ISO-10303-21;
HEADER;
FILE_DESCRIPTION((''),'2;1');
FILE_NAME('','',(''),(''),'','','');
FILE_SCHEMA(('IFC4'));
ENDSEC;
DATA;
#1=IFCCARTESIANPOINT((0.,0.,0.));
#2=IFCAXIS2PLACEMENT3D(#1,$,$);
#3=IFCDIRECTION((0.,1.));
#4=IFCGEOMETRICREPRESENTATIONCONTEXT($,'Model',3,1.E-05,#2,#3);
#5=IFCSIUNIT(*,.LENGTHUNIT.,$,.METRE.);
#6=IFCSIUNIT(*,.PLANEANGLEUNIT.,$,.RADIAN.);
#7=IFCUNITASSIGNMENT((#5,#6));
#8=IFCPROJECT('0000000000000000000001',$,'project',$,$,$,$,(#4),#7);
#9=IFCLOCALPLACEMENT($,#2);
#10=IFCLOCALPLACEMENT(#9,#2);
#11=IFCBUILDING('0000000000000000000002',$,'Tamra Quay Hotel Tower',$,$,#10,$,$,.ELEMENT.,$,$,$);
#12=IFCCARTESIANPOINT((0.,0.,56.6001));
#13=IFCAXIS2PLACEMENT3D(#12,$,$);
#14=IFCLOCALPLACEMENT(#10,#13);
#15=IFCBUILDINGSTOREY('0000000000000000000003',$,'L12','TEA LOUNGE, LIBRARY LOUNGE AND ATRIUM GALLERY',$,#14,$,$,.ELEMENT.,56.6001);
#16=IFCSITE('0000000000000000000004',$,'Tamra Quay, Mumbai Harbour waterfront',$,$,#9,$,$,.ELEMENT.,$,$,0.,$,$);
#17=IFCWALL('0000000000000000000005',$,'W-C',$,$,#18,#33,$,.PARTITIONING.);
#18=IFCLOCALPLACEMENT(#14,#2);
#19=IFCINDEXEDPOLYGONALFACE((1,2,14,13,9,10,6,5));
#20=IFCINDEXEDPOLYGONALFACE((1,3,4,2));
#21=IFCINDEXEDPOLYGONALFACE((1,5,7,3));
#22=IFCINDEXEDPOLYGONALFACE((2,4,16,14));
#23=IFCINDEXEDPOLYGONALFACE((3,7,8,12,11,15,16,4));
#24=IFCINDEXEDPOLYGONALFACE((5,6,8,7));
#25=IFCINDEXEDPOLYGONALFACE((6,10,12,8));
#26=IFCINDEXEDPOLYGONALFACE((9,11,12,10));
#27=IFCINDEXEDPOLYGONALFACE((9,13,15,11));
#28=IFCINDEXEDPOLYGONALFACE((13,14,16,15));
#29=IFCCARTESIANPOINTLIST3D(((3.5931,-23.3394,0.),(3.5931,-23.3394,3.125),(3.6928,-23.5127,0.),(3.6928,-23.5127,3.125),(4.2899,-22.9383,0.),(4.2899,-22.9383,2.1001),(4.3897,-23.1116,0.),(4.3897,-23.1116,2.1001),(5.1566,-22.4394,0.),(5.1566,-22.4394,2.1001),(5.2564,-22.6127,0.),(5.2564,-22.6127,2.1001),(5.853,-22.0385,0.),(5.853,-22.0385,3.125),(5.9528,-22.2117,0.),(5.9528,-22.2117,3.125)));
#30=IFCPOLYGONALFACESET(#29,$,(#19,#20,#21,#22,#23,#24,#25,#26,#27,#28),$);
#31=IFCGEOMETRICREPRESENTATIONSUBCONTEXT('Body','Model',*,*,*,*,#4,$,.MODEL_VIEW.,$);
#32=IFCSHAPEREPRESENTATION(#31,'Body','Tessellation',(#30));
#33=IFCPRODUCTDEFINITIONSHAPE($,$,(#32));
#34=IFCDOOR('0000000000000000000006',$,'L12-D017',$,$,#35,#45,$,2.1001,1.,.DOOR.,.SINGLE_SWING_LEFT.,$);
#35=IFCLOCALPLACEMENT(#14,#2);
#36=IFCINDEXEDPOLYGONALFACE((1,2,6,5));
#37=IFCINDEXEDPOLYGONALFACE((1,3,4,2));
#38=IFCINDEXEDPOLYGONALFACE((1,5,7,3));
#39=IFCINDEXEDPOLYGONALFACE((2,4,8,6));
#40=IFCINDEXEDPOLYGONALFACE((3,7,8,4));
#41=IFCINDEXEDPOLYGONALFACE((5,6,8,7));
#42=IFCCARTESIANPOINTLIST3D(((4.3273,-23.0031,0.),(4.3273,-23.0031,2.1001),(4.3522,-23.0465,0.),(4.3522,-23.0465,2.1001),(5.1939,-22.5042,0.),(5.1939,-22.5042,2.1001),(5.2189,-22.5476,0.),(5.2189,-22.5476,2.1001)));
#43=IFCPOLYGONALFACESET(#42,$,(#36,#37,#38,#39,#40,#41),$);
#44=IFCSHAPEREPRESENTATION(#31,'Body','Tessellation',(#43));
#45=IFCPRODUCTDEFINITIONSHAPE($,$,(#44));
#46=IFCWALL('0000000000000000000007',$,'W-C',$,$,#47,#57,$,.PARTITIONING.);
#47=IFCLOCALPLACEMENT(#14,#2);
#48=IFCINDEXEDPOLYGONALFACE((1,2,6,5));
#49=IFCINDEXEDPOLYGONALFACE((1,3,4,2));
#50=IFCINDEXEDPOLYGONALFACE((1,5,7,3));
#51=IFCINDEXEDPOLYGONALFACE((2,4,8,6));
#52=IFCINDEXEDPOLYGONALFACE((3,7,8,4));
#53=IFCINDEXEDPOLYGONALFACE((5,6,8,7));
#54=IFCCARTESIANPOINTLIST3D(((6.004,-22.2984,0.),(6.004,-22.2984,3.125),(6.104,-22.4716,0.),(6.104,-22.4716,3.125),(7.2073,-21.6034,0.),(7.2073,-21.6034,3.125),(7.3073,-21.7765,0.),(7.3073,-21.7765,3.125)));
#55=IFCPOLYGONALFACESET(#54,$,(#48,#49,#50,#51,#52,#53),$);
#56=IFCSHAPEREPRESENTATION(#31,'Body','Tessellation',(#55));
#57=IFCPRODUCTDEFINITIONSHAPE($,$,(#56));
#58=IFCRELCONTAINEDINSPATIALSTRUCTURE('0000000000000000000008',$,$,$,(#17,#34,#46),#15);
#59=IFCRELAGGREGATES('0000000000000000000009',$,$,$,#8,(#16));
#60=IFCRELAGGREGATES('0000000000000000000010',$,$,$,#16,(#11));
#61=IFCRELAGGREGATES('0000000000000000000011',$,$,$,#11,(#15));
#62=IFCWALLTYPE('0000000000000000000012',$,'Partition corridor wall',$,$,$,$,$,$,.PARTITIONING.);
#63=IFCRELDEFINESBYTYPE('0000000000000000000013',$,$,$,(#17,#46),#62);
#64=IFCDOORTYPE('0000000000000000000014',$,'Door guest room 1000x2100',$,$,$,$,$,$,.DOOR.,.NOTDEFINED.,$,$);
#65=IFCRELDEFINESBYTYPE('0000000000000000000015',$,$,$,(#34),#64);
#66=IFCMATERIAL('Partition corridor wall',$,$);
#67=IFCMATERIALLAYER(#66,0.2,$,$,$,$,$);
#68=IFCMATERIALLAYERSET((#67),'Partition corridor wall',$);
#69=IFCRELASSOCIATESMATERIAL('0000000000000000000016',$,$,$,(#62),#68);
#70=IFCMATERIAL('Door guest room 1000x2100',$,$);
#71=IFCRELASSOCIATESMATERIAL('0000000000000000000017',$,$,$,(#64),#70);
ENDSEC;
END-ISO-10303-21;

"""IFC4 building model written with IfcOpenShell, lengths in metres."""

from ifc_helpers import new_model, si_unit, direction, frame, frame_2d, origin, place, context, subcontext, project, spatial, rectangle, extrude, material, layer, layer_set, type_object, element, fill, save


model = new_model("IFC4")

# Units and contexts
model_context = context("Model", 3, precision=1e-05, world=origin(), true_north=direction((0.0, 1.0)))
body_context = subcontext(model_context, "Body", "Model", "MODEL_VIEW")
ifc_project = project(units=[si_unit("LENGTHUNIT", "METRE"), si_unit("PLANEANGLEUNIT", "RADIAN")], contexts=[model_context])

# Site, building, storey
site_placement = place(None, origin())
site = spatial("IfcSite", under=ifc_project, at=site_placement, Name="Tamra Quay, Mumbai Harbour waterfront", CompositionType="ELEMENT", RefElevation=0.0)
building_placement = place(site_placement, origin())
building = spatial("IfcBuilding", under=site, at=building_placement, Name="Tamra Quay Hotel Tower", CompositionType="ELEMENT")
storey_placement = place(building_placement, frame((0.0, 0.0, 56.6001)))
storey = spatial("IfcBuildingStorey", under=building, at=storey_placement, Name="L12", Description="TEA LOUNGE, LIBRARY LOUNGE AND ATRIUM GALLERY", CompositionType="ELEMENT", Elevation=56.6001)

# Wall, opening, door
ifc_material_1 = material(Name="Partition corridor wall")
ifc_layer_1 = layer(ifc_material_1, 0.2)
ifc_layer_set_1 = layer_set([ifc_layer_1], Name="Partition corridor wall")
wall_type_1 = type_object("IfcWallType", Name="Partition corridor wall", PredefinedType="PARTITIONING", material=ifc_layer_set_1)
wall_1_placement = place(storey_placement, frame((3.6431, -23.426, 0.0), z_axis=(0.0, 0.0, 1.0), x_axis=(0.866654, 0.498909, 0.0)))
wall_1 = element("IfcWall", 1, at=wall_1_placement, inside=storey, type_object=wall_type_1, Name="W-C", PredefinedType="PARTITIONING", context=body_context, shape_type="SweptSolid", body=[
    extrude(rectangle(XDim=2.6077, YDim=0.2, at=frame_2d((1.3037, 0.0))), origin(), (0.0, 0.0, 1.0), 3.125),
])
opening_1_placement = place(wall_1_placement, frame((0.804, 0.0, 0.0)))
opening_1 = element("IfcOpeningElement", 2, at=opening_1_placement, cuts=wall_1, PredefinedType="OPENING", context=body_context, shape_type="SweptSolid", body=[
    extrude(rectangle(XDim=1.0, YDim=2.1001, at=frame_2d((0.5, 1.05))), frame((0.0, 0.1099, 0.0), z_axis=(0.0, -1.0, 0.0), x_axis=(1.0, 0.0, 0.0)), (0.0, 0.0, 1.0), 0.22),
])
ifc_material_2 = material(Name="Door guest room 1000x2100")
door_type_1 = type_object("IfcDoorType", Name="Door guest room 1000x2100", OperationType="NOTDEFINED", PredefinedType="DOOR", material=ifc_material_2)
door_1_placement = place(opening_1_placement, frame((1.0, 0.0, 0.0), z_axis=(0.0, 0.0, 1.0), x_axis=(-1.0, 0.0, 0.0)))
door_1 = element("IfcDoor", 3, at=door_1_placement, inside=storey, type_object=door_type_1, Name="L12-D017", OperationType="SINGLE_SWING_LEFT", OverallHeight=2.1001, OverallWidth=1.0, PredefinedType="DOOR", context=body_context, shape_type="SweptSolid", body=[
    extrude(rectangle(XDim=1.0, YDim=2.1001, at=frame_2d((0.5, 1.05))), frame((0.0, 0.0249, 0.0), z_axis=(0.0, -1.0, 0.0), x_axis=(1.0, 0.0, 0.0)), (0.0, 0.0, 1.0), 0.05),
])
fill(opening_1, door_1)

# Wall
wall_2_placement = place(storey_placement, frame((6.054, -22.385, 0.0), z_axis=(0.0, 0.0, 1.0), x_axis=(0.865931, 0.500163, 0.0)))
element("IfcWall", 4, at=wall_2_placement, inside=storey, type_object=wall_type_1, Name="W-C", PredefinedType="PARTITIONING", context=body_context, shape_type="SweptSolid", body=[
    extrude(rectangle(XDim=1.3896, YDim=0.2, at=frame_2d((0.6948, 0.0))), origin(), (0.0, 0.0, 1.0), 3.125),
])

save(model, "model.ifc")
